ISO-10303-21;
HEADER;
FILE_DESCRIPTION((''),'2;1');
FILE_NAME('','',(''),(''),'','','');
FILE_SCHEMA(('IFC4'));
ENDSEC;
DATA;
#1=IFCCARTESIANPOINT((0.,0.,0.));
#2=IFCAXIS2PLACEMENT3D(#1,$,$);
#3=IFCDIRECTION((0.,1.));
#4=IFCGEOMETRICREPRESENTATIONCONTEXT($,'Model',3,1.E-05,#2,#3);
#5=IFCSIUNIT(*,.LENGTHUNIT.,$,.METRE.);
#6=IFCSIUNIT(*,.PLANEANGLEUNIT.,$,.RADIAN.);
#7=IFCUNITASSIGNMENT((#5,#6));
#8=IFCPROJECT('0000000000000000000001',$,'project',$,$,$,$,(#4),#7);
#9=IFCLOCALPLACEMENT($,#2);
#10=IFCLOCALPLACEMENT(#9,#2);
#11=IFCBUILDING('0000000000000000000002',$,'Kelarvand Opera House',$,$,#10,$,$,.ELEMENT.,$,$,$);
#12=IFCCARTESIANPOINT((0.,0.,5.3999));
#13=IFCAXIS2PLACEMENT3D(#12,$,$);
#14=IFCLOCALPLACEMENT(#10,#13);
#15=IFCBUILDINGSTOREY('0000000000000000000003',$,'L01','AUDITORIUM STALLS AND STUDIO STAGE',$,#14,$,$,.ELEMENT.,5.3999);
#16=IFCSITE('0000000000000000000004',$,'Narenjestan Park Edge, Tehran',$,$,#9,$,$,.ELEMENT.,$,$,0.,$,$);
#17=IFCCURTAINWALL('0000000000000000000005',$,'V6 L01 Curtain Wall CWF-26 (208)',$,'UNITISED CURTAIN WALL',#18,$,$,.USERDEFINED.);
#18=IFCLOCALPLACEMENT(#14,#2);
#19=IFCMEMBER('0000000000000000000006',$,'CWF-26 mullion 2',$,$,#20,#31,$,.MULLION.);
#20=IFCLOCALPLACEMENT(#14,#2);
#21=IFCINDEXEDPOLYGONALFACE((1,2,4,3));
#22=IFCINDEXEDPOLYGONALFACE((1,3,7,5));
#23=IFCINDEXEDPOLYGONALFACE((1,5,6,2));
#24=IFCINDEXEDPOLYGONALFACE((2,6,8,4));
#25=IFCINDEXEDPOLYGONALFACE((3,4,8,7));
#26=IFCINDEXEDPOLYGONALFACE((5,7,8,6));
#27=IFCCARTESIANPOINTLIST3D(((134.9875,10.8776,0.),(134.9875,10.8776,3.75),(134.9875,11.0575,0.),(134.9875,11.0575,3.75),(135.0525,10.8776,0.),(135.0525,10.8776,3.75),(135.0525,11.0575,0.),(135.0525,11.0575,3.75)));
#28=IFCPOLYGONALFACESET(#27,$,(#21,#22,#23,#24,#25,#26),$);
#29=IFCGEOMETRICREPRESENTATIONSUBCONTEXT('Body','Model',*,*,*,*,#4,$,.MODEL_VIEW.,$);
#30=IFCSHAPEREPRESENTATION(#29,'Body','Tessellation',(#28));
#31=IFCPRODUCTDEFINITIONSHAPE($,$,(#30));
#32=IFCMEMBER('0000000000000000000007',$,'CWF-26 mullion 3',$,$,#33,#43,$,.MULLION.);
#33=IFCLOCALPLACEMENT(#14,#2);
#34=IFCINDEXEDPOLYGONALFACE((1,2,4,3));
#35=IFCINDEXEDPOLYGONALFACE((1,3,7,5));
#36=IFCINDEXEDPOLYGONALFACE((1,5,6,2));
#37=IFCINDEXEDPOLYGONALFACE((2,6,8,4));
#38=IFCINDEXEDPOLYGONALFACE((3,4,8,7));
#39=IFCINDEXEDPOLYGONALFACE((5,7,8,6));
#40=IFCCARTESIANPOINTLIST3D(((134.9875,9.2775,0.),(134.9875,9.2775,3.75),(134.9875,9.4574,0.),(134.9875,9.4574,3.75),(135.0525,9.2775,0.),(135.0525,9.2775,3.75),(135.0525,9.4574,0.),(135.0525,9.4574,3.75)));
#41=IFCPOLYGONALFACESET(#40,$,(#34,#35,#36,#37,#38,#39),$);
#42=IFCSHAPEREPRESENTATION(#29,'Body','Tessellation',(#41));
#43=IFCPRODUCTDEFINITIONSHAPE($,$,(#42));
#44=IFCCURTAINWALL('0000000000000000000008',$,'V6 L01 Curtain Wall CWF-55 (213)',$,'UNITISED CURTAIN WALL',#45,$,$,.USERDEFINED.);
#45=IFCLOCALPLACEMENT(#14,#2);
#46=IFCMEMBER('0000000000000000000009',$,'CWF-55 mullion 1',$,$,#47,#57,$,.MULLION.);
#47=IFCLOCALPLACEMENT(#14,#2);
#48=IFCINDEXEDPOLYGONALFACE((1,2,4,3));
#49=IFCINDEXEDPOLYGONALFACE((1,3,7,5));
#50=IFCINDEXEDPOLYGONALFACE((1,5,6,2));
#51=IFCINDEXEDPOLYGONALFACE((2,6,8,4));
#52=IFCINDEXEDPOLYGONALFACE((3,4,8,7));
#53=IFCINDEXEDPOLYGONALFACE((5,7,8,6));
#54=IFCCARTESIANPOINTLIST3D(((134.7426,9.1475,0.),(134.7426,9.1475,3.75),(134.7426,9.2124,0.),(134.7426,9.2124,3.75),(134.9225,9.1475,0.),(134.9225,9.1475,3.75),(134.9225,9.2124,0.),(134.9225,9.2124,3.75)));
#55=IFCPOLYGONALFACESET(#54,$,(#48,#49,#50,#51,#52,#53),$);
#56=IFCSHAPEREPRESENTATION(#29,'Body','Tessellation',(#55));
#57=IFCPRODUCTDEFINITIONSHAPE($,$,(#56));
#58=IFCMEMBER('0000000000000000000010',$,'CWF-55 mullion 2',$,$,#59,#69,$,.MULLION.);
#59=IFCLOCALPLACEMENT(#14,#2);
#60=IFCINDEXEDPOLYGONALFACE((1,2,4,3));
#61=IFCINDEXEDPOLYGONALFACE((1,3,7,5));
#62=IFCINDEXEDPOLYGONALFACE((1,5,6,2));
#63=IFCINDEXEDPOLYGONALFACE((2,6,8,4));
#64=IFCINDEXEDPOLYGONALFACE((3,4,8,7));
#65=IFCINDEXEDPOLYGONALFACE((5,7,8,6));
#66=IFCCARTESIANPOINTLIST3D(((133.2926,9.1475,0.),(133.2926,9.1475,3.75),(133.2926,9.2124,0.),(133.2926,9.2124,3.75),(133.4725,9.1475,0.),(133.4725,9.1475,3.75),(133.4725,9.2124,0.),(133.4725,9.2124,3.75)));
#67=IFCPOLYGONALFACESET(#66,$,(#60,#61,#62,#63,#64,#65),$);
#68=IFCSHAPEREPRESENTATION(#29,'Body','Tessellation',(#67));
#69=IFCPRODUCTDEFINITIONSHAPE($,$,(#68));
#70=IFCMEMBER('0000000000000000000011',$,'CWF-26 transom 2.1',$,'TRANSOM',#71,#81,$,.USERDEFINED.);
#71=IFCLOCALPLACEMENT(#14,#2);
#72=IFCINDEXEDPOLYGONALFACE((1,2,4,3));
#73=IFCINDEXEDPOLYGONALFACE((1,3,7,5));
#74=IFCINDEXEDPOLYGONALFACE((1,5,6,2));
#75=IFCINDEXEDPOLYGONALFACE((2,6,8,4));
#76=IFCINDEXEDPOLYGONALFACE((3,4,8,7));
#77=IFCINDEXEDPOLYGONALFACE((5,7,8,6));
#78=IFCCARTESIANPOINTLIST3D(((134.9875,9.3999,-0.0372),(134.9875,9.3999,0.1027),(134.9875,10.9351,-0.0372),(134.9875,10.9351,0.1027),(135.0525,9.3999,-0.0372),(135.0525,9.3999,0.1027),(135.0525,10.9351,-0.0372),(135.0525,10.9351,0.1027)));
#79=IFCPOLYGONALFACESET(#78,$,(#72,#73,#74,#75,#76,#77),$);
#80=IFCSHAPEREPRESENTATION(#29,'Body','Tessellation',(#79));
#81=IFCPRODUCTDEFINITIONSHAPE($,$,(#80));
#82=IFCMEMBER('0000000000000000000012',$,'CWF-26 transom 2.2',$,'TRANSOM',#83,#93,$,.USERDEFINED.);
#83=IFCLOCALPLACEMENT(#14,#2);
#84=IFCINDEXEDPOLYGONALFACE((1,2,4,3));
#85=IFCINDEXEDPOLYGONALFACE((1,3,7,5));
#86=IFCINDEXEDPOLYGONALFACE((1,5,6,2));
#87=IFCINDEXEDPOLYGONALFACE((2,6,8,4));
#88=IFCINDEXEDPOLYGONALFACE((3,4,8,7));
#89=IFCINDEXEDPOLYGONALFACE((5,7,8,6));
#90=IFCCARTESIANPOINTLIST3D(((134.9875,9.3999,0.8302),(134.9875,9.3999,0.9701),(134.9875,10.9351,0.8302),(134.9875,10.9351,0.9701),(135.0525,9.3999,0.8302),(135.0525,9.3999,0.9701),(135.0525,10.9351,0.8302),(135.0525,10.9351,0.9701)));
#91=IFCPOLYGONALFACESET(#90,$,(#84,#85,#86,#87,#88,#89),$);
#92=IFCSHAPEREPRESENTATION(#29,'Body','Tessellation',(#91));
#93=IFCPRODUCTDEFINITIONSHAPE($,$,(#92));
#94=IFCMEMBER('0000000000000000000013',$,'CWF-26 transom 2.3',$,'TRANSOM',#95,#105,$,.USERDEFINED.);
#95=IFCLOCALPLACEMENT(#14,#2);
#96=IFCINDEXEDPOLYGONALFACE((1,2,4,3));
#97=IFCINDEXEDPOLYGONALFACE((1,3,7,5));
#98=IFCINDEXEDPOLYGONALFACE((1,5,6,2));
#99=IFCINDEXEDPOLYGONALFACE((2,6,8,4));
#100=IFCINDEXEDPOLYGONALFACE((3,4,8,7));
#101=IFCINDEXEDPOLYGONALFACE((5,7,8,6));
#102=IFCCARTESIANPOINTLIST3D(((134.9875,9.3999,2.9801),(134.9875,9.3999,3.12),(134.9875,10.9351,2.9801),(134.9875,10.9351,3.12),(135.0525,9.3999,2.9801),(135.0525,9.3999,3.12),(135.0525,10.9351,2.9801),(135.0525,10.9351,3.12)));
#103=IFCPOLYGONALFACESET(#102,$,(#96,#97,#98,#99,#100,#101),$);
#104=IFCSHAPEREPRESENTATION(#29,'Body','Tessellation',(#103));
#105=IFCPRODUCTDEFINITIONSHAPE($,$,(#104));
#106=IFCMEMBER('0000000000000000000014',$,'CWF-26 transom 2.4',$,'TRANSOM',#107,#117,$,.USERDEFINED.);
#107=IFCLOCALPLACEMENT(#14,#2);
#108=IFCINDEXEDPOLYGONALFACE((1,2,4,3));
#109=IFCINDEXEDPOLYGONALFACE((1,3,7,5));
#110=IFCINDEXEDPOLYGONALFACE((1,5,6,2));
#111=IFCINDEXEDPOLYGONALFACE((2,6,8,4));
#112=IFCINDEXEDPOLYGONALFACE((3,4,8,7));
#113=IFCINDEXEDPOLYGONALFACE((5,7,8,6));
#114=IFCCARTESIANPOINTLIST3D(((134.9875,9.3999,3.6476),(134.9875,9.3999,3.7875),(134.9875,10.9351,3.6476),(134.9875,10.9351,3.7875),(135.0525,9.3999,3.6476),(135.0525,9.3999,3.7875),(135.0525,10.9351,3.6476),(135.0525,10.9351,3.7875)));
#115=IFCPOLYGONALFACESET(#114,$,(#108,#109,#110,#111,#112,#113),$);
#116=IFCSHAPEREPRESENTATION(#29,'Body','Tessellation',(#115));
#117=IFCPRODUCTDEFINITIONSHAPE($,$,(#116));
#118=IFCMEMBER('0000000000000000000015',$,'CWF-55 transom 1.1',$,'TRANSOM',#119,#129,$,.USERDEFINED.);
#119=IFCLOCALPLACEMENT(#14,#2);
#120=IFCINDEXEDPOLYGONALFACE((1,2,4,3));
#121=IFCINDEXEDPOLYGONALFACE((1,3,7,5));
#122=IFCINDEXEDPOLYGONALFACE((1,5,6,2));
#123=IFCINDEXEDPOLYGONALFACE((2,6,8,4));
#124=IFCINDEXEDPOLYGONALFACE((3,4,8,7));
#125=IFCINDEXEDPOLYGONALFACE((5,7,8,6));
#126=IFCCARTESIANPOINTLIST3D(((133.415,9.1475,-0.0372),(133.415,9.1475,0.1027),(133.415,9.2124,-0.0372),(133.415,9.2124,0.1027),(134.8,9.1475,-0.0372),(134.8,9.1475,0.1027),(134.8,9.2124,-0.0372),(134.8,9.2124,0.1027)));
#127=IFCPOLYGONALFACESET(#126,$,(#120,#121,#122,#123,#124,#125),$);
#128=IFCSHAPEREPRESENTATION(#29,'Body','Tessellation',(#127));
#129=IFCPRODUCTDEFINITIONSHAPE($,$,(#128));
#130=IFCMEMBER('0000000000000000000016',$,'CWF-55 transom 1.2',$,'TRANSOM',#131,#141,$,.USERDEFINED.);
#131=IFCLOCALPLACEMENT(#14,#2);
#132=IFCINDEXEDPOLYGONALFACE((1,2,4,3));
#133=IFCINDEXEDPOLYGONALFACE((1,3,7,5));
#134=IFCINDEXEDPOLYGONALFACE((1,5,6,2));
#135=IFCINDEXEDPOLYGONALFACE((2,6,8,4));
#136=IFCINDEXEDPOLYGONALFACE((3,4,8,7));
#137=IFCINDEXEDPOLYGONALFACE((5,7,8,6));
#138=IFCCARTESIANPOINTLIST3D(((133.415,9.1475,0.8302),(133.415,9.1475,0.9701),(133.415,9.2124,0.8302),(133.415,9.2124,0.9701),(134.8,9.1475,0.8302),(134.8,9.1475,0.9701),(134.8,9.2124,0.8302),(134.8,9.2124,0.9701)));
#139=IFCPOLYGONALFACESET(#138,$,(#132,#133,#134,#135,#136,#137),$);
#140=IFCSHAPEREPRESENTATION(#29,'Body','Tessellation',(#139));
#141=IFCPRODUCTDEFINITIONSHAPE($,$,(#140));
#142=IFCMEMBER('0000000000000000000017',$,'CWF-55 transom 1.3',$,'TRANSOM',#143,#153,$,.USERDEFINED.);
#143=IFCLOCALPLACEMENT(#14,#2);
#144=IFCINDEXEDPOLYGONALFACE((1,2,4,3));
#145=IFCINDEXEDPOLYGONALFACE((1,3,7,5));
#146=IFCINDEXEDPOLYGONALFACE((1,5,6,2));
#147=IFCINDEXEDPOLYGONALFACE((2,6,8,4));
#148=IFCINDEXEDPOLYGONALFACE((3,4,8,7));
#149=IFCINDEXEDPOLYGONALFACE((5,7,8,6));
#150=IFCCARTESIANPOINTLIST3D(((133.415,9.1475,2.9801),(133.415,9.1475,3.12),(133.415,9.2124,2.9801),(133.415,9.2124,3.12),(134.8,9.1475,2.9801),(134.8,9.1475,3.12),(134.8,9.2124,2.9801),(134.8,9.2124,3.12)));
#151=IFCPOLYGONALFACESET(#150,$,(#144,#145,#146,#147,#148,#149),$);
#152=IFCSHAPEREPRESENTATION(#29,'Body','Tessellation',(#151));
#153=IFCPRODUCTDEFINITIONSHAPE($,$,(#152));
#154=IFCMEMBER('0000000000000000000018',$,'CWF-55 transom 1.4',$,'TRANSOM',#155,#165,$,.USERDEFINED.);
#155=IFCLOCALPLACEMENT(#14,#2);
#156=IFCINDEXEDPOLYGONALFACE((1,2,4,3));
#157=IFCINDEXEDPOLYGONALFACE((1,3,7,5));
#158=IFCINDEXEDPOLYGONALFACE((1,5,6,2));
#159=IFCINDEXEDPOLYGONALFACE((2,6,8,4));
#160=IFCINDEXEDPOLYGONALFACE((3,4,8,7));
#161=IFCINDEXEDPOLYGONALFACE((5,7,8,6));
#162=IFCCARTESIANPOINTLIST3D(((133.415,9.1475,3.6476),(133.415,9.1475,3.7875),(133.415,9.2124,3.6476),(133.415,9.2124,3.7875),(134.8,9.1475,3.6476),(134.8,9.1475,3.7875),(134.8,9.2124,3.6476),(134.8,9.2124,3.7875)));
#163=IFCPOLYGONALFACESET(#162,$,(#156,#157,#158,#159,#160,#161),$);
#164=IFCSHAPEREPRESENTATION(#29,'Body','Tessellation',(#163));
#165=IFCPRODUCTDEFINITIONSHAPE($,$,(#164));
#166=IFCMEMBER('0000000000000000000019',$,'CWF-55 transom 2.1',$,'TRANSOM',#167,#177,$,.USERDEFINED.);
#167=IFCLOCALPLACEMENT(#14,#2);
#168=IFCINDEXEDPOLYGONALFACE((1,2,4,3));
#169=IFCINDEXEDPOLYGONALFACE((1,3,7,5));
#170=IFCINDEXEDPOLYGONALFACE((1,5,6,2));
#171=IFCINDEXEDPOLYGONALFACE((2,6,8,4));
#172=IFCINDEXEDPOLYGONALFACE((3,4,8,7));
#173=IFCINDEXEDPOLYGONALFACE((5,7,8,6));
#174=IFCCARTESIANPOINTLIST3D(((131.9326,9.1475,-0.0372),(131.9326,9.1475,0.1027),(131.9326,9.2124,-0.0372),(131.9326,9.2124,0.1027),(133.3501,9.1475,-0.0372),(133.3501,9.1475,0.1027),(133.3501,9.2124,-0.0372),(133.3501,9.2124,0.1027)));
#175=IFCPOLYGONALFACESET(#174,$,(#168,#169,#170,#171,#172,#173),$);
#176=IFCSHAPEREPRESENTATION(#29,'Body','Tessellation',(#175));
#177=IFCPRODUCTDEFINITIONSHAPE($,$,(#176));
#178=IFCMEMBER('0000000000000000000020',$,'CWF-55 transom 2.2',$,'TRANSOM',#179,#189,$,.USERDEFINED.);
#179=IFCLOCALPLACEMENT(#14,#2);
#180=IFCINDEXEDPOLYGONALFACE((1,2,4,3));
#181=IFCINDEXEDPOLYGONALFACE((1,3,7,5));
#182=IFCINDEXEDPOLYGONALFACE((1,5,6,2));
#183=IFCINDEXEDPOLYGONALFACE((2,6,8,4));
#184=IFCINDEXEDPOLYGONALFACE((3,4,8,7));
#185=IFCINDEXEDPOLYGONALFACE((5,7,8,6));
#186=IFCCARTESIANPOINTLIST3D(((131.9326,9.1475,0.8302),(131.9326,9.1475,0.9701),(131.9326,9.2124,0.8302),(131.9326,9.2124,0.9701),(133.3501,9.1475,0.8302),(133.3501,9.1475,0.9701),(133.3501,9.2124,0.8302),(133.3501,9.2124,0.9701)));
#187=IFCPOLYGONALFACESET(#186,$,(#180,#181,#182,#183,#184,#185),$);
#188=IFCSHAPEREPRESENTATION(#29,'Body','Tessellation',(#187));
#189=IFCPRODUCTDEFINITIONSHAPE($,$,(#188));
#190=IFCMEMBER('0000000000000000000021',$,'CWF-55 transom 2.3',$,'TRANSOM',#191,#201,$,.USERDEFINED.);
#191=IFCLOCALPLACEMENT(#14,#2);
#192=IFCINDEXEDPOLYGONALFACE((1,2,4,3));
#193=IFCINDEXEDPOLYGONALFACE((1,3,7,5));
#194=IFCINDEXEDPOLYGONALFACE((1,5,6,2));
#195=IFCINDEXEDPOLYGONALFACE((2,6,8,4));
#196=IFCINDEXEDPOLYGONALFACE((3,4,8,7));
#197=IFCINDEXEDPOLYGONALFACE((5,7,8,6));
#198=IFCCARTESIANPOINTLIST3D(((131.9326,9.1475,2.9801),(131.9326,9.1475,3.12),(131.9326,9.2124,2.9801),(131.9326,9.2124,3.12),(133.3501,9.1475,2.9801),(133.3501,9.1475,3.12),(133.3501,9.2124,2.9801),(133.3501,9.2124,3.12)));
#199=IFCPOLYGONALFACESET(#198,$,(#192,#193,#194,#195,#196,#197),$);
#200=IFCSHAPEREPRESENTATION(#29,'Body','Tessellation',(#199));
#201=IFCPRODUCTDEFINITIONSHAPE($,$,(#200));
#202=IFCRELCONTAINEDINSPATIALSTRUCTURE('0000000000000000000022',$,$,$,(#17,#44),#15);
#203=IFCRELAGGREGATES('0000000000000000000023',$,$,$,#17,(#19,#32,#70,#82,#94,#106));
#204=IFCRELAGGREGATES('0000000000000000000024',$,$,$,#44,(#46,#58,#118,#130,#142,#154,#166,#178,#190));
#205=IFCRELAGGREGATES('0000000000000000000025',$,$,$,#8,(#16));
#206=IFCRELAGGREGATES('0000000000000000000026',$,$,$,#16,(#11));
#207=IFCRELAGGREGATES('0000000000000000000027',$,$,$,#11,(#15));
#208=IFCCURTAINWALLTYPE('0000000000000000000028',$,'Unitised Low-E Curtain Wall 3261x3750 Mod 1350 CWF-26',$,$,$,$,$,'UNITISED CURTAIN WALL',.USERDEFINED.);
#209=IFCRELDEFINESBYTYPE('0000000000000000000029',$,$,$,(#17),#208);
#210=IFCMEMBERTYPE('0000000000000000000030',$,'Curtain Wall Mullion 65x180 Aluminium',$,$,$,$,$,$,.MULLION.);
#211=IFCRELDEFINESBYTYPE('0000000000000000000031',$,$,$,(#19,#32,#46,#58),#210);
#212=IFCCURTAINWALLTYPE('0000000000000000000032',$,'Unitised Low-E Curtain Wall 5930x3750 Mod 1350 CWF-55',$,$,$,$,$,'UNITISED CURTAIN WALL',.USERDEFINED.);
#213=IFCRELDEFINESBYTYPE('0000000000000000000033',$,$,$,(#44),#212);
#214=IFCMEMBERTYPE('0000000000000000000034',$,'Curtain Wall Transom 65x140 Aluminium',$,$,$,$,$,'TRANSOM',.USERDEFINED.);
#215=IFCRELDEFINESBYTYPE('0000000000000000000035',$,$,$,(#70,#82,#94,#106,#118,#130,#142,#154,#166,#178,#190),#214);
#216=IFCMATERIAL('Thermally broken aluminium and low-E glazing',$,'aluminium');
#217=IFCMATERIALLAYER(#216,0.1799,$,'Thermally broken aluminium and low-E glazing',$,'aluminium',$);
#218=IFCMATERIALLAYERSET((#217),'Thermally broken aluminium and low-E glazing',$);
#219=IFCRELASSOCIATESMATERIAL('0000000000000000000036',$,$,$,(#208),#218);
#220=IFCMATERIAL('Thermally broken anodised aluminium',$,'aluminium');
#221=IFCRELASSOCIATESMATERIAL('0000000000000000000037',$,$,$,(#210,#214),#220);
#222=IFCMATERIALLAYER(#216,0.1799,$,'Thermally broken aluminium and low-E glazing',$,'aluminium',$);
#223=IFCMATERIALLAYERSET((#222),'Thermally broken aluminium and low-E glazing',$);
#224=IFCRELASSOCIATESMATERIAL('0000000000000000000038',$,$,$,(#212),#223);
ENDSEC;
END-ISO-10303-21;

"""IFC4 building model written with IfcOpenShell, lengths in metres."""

from ifc_helpers import new_model, si_unit, direction, frame, origin, origin_2d, place, context, subcontext, project, spatial, rectangle, extrude, material, layer, layer_set, material_profile, profile_set, type_object, element, aggregate, save


model = new_model("IFC4")

# Units and contexts
model_context = context("Model", 3, precision=1e-05, world=origin(), true_north=direction((0.0, 1.0)))
body_context = subcontext(model_context, "Body", "Model", "MODEL_VIEW")
ifc_project = project(units=[si_unit("LENGTHUNIT", "METRE"), si_unit("PLANEANGLEUNIT", "RADIAN")], contexts=[model_context])

# Site, building, storey
site_placement = place(None, origin())
site = spatial("IfcSite", under=ifc_project, at=site_placement, Name="Narenjestan Park Edge, Tehran", CompositionType="ELEMENT", RefElevation=0.0)
building_placement = place(site_placement, origin())
building = spatial("IfcBuilding", under=site, at=building_placement, Name="Kelarvand Opera House", CompositionType="ELEMENT")
storey_placement = place(building_placement, frame((0.0, 0.0, 5.3999)))
storey = spatial("IfcBuildingStorey", under=building, at=storey_placement, Name="L01", Description="AUDITORIUM STALLS AND STUDIO STAGE", CompositionType="ELEMENT", Elevation=5.3999)

# Curtain walls, members
ifc_material_1 = material(Name="Thermally broken aluminium and low-E glazing", Category="aluminium")
ifc_layer_1 = layer(ifc_material_1, 0.1799, Name="Thermally broken aluminium and low-E glazing", Category="aluminium")
ifc_layer_set_1 = layer_set([ifc_layer_1], Name="Thermally broken aluminium and low-E glazing")
curtain_wall_type_1 = type_object("IfcCurtainWallType", Name="Unitised Low-E Curtain Wall 3261x3750 Mod 1350 CWF-26", ElementType="UNITISED CURTAIN WALL", PredefinedType="USERDEFINED", material=ifc_layer_set_1)
curtain_wall_1_placement = place(storey_placement, origin())
curtain_wall_1 = element("IfcCurtainWall", 1, at=curtain_wall_1_placement, inside=storey, type_object=curtain_wall_type_1, Name="V6 L01 Curtain Wall CWF-26 (208)", ObjectType="UNITISED CURTAIN WALL", PredefinedType="USERDEFINED")
ifc_material_2 = material(Name="Thermally broken anodised aluminium", Category="aluminium")
ifc_material_profile_1 = material_profile(ifc_material_2, rectangle(XDim=0.0649, YDim=0.1799, at=origin_2d()), Name="ALU MULLION 65x180", Category="aluminium")
ifc_profile_set_1 = profile_set([ifc_material_profile_1], Name="Thermally broken anodised aluminium")
member_type_1 = type_object("IfcMemberType", Name="Curtain Wall Mullion 65x180 Aluminium", PredefinedType="MULLION", material=ifc_profile_set_1)
member_1_placement = place(storey_placement, frame((135.02, 10.9675, 0.0), z_axis=(0.0, 0.0, 1.0), x_axis=(1.0, 0.0, 0.0)))
member_1 = element("IfcMember", 2, at=member_1_placement, type_object=member_type_1, Name="CWF-26 mullion 2", PredefinedType="MULLION", context=body_context, shape_type="SweptSolid", body=[
    extrude(rectangle(XDim=0.0649, YDim=0.1799, at=origin_2d()), origin(), (0.0, 0.0, 1.0), 3.75),
])
member_2_placement = place(storey_placement, frame((135.02, 9.3674, 0.0), z_axis=(0.0, 0.0, 1.0), x_axis=(1.0, 0.0, 0.0)))
member_2 = element("IfcMember", 3, at=member_2_placement, type_object=member_type_1, Name="CWF-26 mullion 3", PredefinedType="MULLION", context=body_context, shape_type="SweptSolid", body=[
    extrude(rectangle(XDim=0.0649, YDim=0.1799, at=origin_2d()), origin(), (0.0, 0.0, 1.0), 3.75),
])
ifc_layer_2 = layer(ifc_material_1, 0.1799, Name="Thermally broken aluminium and low-E glazing", Category="aluminium")
ifc_layer_set_2 = layer_set([ifc_layer_2], Name="Thermally broken aluminium and low-E glazing")
curtain_wall_type_2 = type_object("IfcCurtainWallType", Name="Unitised Low-E Curtain Wall 5930x3750 Mod 1350 CWF-55", ElementType="UNITISED CURTAIN WALL", PredefinedType="USERDEFINED", material=ifc_layer_set_2)
curtain_wall_2_placement = place(storey_placement, origin())
curtain_wall_2 = element("IfcCurtainWall", 4, at=curtain_wall_2_placement, inside=storey, type_object=curtain_wall_type_2, Name="V6 L01 Curtain Wall CWF-55 (213)", ObjectType="UNITISED CURTAIN WALL", PredefinedType="USERDEFINED")
member_3_placement = place(storey_placement, frame((134.8325, 9.1799, 0.0), z_axis=(0.0, 0.0, 1.0), x_axis=(0.0, -1.0, 0.0)))
member_3 = element("IfcMember", 5, at=member_3_placement, type_object=member_type_1, Name="CWF-55 mullion 1", PredefinedType="MULLION", context=body_context, shape_type="SweptSolid", body=[
    extrude(rectangle(XDim=0.0649, YDim=0.1799, at=origin_2d()), origin(), (0.0, 0.0, 1.0), 3.75),
])
member_4_placement = place(storey_placement, frame((133.3826, 9.1799, 0.0), z_axis=(0.0, 0.0, 1.0), x_axis=(0.0, -1.0, 0.0)))
member_4 = element("IfcMember", 6, at=member_4_placement, type_object=member_type_1, Name="CWF-55 mullion 2", PredefinedType="MULLION", context=body_context, shape_type="SweptSolid", body=[
    extrude(rectangle(XDim=0.0649, YDim=0.1799, at=origin_2d()), origin(), (0.0, 0.0, 1.0), 3.75),
])

# Members
ifc_material_profile_2 = material_profile(ifc_material_2, rectangle(XDim=0.0649, YDim=0.1399, at=origin_2d()), Name="ALU TRANSOM 65x140", Category="aluminium")
ifc_profile_set_2 = profile_set([ifc_material_profile_2], Name="Thermally broken anodised aluminium")
member_type_2 = type_object("IfcMemberType", Name="Curtain Wall Transom 65x140 Aluminium", ElementType="TRANSOM", PredefinedType="USERDEFINED", material=ifc_profile_set_2)
member_5_placement = place(storey_placement, frame((135.02, 10.9351, 0.0327), z_axis=(0.0, -1.0, 0.0), x_axis=(1.0, 0.0, 0.0)))
member_5 = element("IfcMember", 7, at=member_5_placement, type_object=member_type_2, Name="CWF-26 transom 2.1", ObjectType="TRANSOM", PredefinedType="USERDEFINED", context=body_context, shape_type="SweptSolid", body=[
    extrude(rectangle(XDim=0.0649, YDim=0.1399, at=origin_2d()), origin(), (0.0, 0.0, 1.0), 1.5352),
])
member_6_placement = place(storey_placement, frame((135.02, 10.9351, 0.9001), z_axis=(0.0, -1.0, 0.0), x_axis=(1.0, 0.0, 0.0)))
member_6 = element("IfcMember", 8, at=member_6_placement, type_object=member_type_2, Name="CWF-26 transom 2.2", ObjectType="TRANSOM", PredefinedType="USERDEFINED", context=body_context, shape_type="SweptSolid", body=[
    extrude(rectangle(XDim=0.0649, YDim=0.1399, at=origin_2d()), origin(), (0.0, 0.0, 1.0), 1.5352),
])
member_7_placement = place(storey_placement, frame((135.02, 10.9351, 3.05), z_axis=(0.0, -1.0, 0.0), x_axis=(1.0, 0.0, 0.0)))
member_7 = element("IfcMember", 9, at=member_7_placement, type_object=member_type_2, Name="CWF-26 transom 2.3", ObjectType="TRANSOM", PredefinedType="USERDEFINED", context=body_context, shape_type="SweptSolid", body=[
    extrude(rectangle(XDim=0.0649, YDim=0.1399, at=origin_2d()), origin(), (0.0, 0.0, 1.0), 1.5352),
])
member_8_placement = place(storey_placement, frame((135.02, 10.9351, 3.7175), z_axis=(0.0, -1.0, 0.0), x_axis=(1.0, 0.0, 0.0)))
member_8 = element("IfcMember", 10, at=member_8_placement, type_object=member_type_2, Name="CWF-26 transom 2.4", ObjectType="TRANSOM", PredefinedType="USERDEFINED", context=body_context, shape_type="SweptSolid", body=[
    extrude(rectangle(XDim=0.0649, YDim=0.1399, at=origin_2d()), origin(), (0.0, 0.0, 1.0), 1.5352),
])
member_9_placement = place(storey_placement, frame((134.8, 9.1799, 0.0327), z_axis=(-1.0, 0.0, 0.0), x_axis=(0.0, -1.0, 0.0)))
member_9 = element("IfcMember", 11, at=member_9_placement, type_object=member_type_2, Name="CWF-55 transom 1.1", ObjectType="TRANSOM", PredefinedType="USERDEFINED", context=body_context, shape_type="SweptSolid", body=[
    extrude(rectangle(XDim=0.0649, YDim=0.1399, at=origin_2d()), origin(), (0.0, 0.0, 1.0), 1.385),
])
member_10_placement = place(storey_placement, frame((134.8, 9.1799, 0.9001), z_axis=(-1.0, 0.0, 0.0), x_axis=(0.0, -1.0, 0.0)))
member_10 = element("IfcMember", 12, at=member_10_placement, type_object=member_type_2, Name="CWF-55 transom 1.2", ObjectType="TRANSOM", PredefinedType="USERDEFINED", context=body_context, shape_type="SweptSolid", body=[
    extrude(rectangle(XDim=0.0649, YDim=0.1399, at=origin_2d()), origin(), (0.0, 0.0, 1.0), 1.385),
])
member_11_placement = place(storey_placement, frame((134.8, 9.1799, 3.05), z_axis=(-1.0, 0.0, 0.0), x_axis=(0.0, -1.0, 0.0)))
member_11 = element("IfcMember", 13, at=member_11_placement, type_object=member_type_2, Name="CWF-55 transom 1.3", ObjectType="TRANSOM", PredefinedType="USERDEFINED", context=body_context, shape_type="SweptSolid", body=[
    extrude(rectangle(XDim=0.0649, YDim=0.1399, at=origin_2d()), origin(), (0.0, 0.0, 1.0), 1.385),
])
member_12_placement = place(storey_placement, frame((134.8, 9.1799, 3.7175), z_axis=(-1.0, 0.0, 0.0), x_axis=(0.0, -1.0, 0.0)))
member_12 = element("IfcMember", 14, at=member_12_placement, type_object=member_type_2, Name="CWF-55 transom 1.4", ObjectType="TRANSOM", PredefinedType="USERDEFINED", context=body_context, shape_type="SweptSolid", body=[
    extrude(rectangle(XDim=0.0649, YDim=0.1399, at=origin_2d()), origin(), (0.0, 0.0, 1.0), 1.385),
])
member_13_placement = place(storey_placement, frame((133.3501, 9.1799, 0.0327), z_axis=(-1.0, 0.0, 0.0), x_axis=(0.0, -1.0, 0.0)))
member_13 = element("IfcMember", 15, at=member_13_placement, type_object=member_type_2, Name="CWF-55 transom 2.1", ObjectType="TRANSOM", PredefinedType="USERDEFINED", context=body_context, shape_type="SweptSolid", body=[
    extrude(rectangle(XDim=0.0649, YDim=0.1399, at=origin_2d()), origin(), (0.0, 0.0, 1.0), 1.4175),
])
member_14_placement = place(storey_placement, frame((133.3501, 9.1799, 0.9001), z_axis=(-1.0, 0.0, 0.0), x_axis=(0.0, -1.0, 0.0)))
member_14 = element("IfcMember", 16, at=member_14_placement, type_object=member_type_2, Name="CWF-55 transom 2.2", ObjectType="TRANSOM", PredefinedType="USERDEFINED", context=body_context, shape_type="SweptSolid", body=[
    extrude(rectangle(XDim=0.0649, YDim=0.1399, at=origin_2d()), origin(), (0.0, 0.0, 1.0), 1.4175),
])
member_15_placement = place(storey_placement, frame((133.3501, 9.1799, 3.05), z_axis=(-1.0, 0.0, 0.0), x_axis=(0.0, -1.0, 0.0)))
member_15 = element("IfcMember", 17, at=member_15_placement, type_object=member_type_2, Name="CWF-55 transom 2.3", ObjectType="TRANSOM", PredefinedType="USERDEFINED", context=body_context, shape_type="SweptSolid", body=[
    extrude(rectangle(XDim=0.0649, YDim=0.1399, at=origin_2d()), origin(), (0.0, 0.0, 1.0), 1.4175),
])

aggregate(curtain_wall_1, [member_1, member_2, member_5, member_6, member_7, member_8])
aggregate(curtain_wall_2, [member_3, member_4, member_9, member_10, member_11, member_12, member_13, member_14, member_15])

save(model, "model.ifc")
